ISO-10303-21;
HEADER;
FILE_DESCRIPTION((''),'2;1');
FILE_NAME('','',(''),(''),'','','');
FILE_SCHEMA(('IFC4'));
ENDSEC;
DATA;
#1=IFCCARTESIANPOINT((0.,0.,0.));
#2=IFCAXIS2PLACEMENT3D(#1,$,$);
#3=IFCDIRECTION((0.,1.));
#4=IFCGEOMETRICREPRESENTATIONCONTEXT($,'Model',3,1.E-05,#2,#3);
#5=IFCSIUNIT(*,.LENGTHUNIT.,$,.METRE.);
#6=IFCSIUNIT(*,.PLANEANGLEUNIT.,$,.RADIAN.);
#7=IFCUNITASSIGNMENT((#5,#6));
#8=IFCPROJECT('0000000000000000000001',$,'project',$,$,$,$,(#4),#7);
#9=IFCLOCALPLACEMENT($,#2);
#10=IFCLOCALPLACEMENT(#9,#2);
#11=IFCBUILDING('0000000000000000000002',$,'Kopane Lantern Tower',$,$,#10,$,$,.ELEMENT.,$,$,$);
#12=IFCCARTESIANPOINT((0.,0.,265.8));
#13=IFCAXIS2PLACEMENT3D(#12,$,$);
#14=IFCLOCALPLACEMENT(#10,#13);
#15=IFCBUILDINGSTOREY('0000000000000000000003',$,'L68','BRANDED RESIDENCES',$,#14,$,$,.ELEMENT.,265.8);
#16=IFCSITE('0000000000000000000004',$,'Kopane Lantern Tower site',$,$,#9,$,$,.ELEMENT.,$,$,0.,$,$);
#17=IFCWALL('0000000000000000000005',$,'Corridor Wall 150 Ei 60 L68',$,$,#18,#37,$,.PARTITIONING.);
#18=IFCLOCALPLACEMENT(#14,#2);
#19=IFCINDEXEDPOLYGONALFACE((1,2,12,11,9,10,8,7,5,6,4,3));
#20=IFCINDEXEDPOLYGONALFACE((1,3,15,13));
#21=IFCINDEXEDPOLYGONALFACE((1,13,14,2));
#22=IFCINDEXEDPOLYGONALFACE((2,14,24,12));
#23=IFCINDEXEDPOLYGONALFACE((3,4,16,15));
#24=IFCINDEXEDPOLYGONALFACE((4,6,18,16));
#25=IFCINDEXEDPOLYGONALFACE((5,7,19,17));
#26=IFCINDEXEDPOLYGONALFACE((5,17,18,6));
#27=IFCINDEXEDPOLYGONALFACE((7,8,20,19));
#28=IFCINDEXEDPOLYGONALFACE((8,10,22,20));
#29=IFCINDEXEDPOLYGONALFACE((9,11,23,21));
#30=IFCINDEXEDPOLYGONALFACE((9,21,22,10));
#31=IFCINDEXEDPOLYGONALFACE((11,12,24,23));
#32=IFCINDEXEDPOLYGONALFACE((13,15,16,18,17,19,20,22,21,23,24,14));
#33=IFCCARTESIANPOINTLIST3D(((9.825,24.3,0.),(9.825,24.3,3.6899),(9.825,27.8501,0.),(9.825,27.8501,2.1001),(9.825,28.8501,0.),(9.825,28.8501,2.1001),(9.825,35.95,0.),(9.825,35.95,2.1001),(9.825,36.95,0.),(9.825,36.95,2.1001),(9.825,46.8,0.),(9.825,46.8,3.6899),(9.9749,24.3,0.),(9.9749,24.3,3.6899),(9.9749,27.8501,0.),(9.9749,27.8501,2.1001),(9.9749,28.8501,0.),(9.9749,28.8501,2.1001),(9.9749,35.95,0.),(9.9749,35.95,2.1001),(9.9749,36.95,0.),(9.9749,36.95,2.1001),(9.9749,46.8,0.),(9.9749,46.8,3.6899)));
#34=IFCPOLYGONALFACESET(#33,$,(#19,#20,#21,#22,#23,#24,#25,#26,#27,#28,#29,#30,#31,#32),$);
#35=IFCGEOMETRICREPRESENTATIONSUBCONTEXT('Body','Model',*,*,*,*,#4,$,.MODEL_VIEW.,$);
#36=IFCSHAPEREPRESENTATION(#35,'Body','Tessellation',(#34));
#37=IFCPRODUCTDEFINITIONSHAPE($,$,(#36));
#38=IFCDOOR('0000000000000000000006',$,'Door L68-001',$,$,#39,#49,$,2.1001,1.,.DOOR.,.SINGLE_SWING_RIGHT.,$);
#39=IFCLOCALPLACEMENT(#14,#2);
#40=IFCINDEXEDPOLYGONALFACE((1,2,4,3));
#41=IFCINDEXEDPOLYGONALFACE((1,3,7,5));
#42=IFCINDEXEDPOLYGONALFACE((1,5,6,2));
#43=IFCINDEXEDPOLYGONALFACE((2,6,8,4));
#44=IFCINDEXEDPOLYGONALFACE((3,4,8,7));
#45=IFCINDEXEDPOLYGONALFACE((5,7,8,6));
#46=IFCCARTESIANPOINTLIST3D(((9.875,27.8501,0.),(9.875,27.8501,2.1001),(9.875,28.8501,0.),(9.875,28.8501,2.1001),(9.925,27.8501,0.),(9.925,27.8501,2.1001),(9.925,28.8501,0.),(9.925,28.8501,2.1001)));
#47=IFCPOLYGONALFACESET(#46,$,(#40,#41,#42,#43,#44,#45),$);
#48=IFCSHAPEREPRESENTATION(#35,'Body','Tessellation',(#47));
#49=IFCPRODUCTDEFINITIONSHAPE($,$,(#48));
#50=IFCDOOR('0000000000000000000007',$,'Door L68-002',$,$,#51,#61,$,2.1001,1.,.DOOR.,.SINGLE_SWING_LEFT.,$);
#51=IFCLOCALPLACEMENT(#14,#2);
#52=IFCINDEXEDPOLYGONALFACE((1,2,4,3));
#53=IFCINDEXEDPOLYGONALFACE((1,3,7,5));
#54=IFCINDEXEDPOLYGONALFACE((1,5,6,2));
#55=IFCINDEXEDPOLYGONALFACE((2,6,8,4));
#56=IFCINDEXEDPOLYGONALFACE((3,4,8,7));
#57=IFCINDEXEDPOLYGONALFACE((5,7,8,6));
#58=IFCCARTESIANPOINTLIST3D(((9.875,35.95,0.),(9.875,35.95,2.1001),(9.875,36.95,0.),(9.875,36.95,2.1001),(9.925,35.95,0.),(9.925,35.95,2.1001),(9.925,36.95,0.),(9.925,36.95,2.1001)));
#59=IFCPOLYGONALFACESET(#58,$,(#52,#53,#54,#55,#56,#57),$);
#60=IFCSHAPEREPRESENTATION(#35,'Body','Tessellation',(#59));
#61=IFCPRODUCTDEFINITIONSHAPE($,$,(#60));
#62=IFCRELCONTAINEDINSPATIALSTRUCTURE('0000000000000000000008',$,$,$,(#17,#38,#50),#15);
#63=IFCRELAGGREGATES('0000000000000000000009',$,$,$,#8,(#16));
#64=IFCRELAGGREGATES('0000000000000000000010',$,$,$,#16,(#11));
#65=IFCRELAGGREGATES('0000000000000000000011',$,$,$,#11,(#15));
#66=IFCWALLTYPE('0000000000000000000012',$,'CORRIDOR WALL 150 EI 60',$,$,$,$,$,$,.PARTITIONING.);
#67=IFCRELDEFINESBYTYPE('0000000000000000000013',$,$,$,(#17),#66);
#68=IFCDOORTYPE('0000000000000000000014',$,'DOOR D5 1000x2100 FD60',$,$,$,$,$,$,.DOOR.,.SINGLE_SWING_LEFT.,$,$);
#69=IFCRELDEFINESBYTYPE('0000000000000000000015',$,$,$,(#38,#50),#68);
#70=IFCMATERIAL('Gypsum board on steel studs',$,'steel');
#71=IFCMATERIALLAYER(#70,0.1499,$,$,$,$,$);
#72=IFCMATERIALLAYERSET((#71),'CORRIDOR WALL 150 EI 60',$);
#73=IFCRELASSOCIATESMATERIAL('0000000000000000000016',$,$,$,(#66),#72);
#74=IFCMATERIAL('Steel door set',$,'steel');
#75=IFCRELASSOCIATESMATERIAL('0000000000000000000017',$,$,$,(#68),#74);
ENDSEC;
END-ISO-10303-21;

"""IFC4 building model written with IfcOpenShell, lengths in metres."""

from ifc_helpers import new_model, si_unit, direction, frame, frame_2d, origin, place, context, subcontext, project, spatial, rectangle, extrude, material, layer, layer_set, type_object, element, fill, save


model = new_model("IFC4")

# Units and contexts
model_context = context("Model", 3, precision=1e-05, world=origin(), true_north=direction((0.0, 1.0)))
body_context = subcontext(model_context, "Body", "Model", "MODEL_VIEW")
ifc_project = project(units=[si_unit("LENGTHUNIT", "METRE"), si_unit("PLANEANGLEUNIT", "RADIAN")], contexts=[model_context])

# Site, building, storey
site_placement = place(None, origin())
site = spatial("IfcSite", under=ifc_project, at=site_placement, Name="Kopane Lantern Tower site", CompositionType="ELEMENT", RefElevation=0.0)
building_placement = place(site_placement, origin())
building = spatial("IfcBuilding", under=site, at=building_placement, Name="Kopane Lantern Tower", CompositionType="ELEMENT")
storey_placement = place(building_placement, frame((0.0, 0.0, 265.8)))
storey = spatial("IfcBuildingStorey", under=building, at=storey_placement, Name="L68", Description="BRANDED RESIDENCES", CompositionType="ELEMENT", Elevation=265.8)

# Shared definitions
ifc_material_1 = material(Name="Gypsum board on steel studs", Category="steel")
ifc_layer_1 = layer(ifc_material_1, 0.1499)
ifc_layer_set_1 = layer_set([ifc_layer_1], Name="CORRIDOR WALL 150 EI 60")
wall_type_1 = type_object("IfcWallType", Name="CORRIDOR WALL 150 EI 60", PredefinedType="PARTITIONING", material=ifc_layer_set_1)

# Wall, openings, doors
wall_1_placement = place(storey_placement, frame((9.8999, 24.3, 0.0), z_axis=(0.0, 0.0, 1.0), x_axis=(0.0, 1.0, 0.0)))
wall_1 = element("IfcWall", 1, at=wall_1_placement, inside=storey, type_object=wall_type_1, Name="Corridor Wall 150 Ei 60 L68", PredefinedType="PARTITIONING", context=body_context, shape_type="SweptSolid", body=[
    extrude(rectangle(XDim=22.5, YDim=0.1499, at=frame_2d((11.25, 0.0))), origin(), (0.0, 0.0, 1.0), 3.6899),
])
opening_1_placement = place(wall_1_placement, frame((3.55, 0.0, 0.0)))
opening_1 = element("IfcOpeningElement", 2, at=opening_1_placement, cuts=wall_1, PredefinedType="OPENING", context=body_context, shape_type="SweptSolid", body=[
    extrude(rectangle(XDim=1.0, YDim=2.1001, at=frame_2d((0.5, 1.05))), frame((0.0, 0.085, 0.0), z_axis=(0.0, -1.0, 0.0), x_axis=(1.0, 0.0, 0.0)), (0.0, 0.0, 1.0), 0.1699),
])
opening_2_placement = place(wall_1_placement, frame((11.6499, 0.0, 0.0)))
opening_2 = element("IfcOpeningElement", 3, at=opening_2_placement, cuts=wall_1, PredefinedType="OPENING", context=body_context, shape_type="SweptSolid", body=[
    extrude(rectangle(XDim=1.0, YDim=2.1001, at=frame_2d((0.5, 1.05))), frame((0.0, 0.085, 0.0), z_axis=(0.0, -1.0, 0.0), x_axis=(1.0, 0.0, 0.0)), (0.0, 0.0, 1.0), 0.1699),
])
ifc_material_2 = material(Name="Steel door set", Category="steel")
door_type_1 = type_object("IfcDoorType", Name="DOOR D5 1000x2100 FD60", OperationType="SINGLE_SWING_LEFT", PredefinedType="DOOR", material=ifc_material_2)
door_1_placement = place(opening_1_placement, origin())
door_1 = element("IfcDoor", 4, at=door_1_placement, inside=storey, type_object=door_type_1, Name="Door L68-001", OperationType="SINGLE_SWING_RIGHT", OverallHeight=2.1001, OverallWidth=1.0, PredefinedType="DOOR", context=body_context, shape_type="SweptSolid", body=[
    extrude(rectangle(XDim=1.0, YDim=2.1001, at=frame_2d((0.5, 1.05))), frame((0.0, 0.0249, 0.0), z_axis=(0.0, -1.0, 0.0), x_axis=(1.0, 0.0, 0.0)), (0.0, 0.0, 1.0), 0.05),
])
fill(opening_1, door_1)
door_2_placement = place(opening_2_placement, origin())
door_2 = element("IfcDoor", 5, at=door_2_placement, inside=storey, type_object=door_type_1, Name="Door L68-002", OperationType="SINGLE_SWING_LEFT", OverallHeight=2.1001, OverallWidth=1.0, PredefinedType="DOOR", context=body_context, shape_type="SweptSolid", body=[
    extrude(rectangle(XDim=1.0, YDim=2.1001, at=frame_2d((0.5, 1.05))), frame((0.0, 0.0249, 0.0), z_axis=(0.0, -1.0, 0.0), x_axis=(1.0, 0.0, 0.0)), (0.0, 0.0, 1.0), 0.05),
])
fill(opening_2, door_2)

save(model, "model.ifc")
